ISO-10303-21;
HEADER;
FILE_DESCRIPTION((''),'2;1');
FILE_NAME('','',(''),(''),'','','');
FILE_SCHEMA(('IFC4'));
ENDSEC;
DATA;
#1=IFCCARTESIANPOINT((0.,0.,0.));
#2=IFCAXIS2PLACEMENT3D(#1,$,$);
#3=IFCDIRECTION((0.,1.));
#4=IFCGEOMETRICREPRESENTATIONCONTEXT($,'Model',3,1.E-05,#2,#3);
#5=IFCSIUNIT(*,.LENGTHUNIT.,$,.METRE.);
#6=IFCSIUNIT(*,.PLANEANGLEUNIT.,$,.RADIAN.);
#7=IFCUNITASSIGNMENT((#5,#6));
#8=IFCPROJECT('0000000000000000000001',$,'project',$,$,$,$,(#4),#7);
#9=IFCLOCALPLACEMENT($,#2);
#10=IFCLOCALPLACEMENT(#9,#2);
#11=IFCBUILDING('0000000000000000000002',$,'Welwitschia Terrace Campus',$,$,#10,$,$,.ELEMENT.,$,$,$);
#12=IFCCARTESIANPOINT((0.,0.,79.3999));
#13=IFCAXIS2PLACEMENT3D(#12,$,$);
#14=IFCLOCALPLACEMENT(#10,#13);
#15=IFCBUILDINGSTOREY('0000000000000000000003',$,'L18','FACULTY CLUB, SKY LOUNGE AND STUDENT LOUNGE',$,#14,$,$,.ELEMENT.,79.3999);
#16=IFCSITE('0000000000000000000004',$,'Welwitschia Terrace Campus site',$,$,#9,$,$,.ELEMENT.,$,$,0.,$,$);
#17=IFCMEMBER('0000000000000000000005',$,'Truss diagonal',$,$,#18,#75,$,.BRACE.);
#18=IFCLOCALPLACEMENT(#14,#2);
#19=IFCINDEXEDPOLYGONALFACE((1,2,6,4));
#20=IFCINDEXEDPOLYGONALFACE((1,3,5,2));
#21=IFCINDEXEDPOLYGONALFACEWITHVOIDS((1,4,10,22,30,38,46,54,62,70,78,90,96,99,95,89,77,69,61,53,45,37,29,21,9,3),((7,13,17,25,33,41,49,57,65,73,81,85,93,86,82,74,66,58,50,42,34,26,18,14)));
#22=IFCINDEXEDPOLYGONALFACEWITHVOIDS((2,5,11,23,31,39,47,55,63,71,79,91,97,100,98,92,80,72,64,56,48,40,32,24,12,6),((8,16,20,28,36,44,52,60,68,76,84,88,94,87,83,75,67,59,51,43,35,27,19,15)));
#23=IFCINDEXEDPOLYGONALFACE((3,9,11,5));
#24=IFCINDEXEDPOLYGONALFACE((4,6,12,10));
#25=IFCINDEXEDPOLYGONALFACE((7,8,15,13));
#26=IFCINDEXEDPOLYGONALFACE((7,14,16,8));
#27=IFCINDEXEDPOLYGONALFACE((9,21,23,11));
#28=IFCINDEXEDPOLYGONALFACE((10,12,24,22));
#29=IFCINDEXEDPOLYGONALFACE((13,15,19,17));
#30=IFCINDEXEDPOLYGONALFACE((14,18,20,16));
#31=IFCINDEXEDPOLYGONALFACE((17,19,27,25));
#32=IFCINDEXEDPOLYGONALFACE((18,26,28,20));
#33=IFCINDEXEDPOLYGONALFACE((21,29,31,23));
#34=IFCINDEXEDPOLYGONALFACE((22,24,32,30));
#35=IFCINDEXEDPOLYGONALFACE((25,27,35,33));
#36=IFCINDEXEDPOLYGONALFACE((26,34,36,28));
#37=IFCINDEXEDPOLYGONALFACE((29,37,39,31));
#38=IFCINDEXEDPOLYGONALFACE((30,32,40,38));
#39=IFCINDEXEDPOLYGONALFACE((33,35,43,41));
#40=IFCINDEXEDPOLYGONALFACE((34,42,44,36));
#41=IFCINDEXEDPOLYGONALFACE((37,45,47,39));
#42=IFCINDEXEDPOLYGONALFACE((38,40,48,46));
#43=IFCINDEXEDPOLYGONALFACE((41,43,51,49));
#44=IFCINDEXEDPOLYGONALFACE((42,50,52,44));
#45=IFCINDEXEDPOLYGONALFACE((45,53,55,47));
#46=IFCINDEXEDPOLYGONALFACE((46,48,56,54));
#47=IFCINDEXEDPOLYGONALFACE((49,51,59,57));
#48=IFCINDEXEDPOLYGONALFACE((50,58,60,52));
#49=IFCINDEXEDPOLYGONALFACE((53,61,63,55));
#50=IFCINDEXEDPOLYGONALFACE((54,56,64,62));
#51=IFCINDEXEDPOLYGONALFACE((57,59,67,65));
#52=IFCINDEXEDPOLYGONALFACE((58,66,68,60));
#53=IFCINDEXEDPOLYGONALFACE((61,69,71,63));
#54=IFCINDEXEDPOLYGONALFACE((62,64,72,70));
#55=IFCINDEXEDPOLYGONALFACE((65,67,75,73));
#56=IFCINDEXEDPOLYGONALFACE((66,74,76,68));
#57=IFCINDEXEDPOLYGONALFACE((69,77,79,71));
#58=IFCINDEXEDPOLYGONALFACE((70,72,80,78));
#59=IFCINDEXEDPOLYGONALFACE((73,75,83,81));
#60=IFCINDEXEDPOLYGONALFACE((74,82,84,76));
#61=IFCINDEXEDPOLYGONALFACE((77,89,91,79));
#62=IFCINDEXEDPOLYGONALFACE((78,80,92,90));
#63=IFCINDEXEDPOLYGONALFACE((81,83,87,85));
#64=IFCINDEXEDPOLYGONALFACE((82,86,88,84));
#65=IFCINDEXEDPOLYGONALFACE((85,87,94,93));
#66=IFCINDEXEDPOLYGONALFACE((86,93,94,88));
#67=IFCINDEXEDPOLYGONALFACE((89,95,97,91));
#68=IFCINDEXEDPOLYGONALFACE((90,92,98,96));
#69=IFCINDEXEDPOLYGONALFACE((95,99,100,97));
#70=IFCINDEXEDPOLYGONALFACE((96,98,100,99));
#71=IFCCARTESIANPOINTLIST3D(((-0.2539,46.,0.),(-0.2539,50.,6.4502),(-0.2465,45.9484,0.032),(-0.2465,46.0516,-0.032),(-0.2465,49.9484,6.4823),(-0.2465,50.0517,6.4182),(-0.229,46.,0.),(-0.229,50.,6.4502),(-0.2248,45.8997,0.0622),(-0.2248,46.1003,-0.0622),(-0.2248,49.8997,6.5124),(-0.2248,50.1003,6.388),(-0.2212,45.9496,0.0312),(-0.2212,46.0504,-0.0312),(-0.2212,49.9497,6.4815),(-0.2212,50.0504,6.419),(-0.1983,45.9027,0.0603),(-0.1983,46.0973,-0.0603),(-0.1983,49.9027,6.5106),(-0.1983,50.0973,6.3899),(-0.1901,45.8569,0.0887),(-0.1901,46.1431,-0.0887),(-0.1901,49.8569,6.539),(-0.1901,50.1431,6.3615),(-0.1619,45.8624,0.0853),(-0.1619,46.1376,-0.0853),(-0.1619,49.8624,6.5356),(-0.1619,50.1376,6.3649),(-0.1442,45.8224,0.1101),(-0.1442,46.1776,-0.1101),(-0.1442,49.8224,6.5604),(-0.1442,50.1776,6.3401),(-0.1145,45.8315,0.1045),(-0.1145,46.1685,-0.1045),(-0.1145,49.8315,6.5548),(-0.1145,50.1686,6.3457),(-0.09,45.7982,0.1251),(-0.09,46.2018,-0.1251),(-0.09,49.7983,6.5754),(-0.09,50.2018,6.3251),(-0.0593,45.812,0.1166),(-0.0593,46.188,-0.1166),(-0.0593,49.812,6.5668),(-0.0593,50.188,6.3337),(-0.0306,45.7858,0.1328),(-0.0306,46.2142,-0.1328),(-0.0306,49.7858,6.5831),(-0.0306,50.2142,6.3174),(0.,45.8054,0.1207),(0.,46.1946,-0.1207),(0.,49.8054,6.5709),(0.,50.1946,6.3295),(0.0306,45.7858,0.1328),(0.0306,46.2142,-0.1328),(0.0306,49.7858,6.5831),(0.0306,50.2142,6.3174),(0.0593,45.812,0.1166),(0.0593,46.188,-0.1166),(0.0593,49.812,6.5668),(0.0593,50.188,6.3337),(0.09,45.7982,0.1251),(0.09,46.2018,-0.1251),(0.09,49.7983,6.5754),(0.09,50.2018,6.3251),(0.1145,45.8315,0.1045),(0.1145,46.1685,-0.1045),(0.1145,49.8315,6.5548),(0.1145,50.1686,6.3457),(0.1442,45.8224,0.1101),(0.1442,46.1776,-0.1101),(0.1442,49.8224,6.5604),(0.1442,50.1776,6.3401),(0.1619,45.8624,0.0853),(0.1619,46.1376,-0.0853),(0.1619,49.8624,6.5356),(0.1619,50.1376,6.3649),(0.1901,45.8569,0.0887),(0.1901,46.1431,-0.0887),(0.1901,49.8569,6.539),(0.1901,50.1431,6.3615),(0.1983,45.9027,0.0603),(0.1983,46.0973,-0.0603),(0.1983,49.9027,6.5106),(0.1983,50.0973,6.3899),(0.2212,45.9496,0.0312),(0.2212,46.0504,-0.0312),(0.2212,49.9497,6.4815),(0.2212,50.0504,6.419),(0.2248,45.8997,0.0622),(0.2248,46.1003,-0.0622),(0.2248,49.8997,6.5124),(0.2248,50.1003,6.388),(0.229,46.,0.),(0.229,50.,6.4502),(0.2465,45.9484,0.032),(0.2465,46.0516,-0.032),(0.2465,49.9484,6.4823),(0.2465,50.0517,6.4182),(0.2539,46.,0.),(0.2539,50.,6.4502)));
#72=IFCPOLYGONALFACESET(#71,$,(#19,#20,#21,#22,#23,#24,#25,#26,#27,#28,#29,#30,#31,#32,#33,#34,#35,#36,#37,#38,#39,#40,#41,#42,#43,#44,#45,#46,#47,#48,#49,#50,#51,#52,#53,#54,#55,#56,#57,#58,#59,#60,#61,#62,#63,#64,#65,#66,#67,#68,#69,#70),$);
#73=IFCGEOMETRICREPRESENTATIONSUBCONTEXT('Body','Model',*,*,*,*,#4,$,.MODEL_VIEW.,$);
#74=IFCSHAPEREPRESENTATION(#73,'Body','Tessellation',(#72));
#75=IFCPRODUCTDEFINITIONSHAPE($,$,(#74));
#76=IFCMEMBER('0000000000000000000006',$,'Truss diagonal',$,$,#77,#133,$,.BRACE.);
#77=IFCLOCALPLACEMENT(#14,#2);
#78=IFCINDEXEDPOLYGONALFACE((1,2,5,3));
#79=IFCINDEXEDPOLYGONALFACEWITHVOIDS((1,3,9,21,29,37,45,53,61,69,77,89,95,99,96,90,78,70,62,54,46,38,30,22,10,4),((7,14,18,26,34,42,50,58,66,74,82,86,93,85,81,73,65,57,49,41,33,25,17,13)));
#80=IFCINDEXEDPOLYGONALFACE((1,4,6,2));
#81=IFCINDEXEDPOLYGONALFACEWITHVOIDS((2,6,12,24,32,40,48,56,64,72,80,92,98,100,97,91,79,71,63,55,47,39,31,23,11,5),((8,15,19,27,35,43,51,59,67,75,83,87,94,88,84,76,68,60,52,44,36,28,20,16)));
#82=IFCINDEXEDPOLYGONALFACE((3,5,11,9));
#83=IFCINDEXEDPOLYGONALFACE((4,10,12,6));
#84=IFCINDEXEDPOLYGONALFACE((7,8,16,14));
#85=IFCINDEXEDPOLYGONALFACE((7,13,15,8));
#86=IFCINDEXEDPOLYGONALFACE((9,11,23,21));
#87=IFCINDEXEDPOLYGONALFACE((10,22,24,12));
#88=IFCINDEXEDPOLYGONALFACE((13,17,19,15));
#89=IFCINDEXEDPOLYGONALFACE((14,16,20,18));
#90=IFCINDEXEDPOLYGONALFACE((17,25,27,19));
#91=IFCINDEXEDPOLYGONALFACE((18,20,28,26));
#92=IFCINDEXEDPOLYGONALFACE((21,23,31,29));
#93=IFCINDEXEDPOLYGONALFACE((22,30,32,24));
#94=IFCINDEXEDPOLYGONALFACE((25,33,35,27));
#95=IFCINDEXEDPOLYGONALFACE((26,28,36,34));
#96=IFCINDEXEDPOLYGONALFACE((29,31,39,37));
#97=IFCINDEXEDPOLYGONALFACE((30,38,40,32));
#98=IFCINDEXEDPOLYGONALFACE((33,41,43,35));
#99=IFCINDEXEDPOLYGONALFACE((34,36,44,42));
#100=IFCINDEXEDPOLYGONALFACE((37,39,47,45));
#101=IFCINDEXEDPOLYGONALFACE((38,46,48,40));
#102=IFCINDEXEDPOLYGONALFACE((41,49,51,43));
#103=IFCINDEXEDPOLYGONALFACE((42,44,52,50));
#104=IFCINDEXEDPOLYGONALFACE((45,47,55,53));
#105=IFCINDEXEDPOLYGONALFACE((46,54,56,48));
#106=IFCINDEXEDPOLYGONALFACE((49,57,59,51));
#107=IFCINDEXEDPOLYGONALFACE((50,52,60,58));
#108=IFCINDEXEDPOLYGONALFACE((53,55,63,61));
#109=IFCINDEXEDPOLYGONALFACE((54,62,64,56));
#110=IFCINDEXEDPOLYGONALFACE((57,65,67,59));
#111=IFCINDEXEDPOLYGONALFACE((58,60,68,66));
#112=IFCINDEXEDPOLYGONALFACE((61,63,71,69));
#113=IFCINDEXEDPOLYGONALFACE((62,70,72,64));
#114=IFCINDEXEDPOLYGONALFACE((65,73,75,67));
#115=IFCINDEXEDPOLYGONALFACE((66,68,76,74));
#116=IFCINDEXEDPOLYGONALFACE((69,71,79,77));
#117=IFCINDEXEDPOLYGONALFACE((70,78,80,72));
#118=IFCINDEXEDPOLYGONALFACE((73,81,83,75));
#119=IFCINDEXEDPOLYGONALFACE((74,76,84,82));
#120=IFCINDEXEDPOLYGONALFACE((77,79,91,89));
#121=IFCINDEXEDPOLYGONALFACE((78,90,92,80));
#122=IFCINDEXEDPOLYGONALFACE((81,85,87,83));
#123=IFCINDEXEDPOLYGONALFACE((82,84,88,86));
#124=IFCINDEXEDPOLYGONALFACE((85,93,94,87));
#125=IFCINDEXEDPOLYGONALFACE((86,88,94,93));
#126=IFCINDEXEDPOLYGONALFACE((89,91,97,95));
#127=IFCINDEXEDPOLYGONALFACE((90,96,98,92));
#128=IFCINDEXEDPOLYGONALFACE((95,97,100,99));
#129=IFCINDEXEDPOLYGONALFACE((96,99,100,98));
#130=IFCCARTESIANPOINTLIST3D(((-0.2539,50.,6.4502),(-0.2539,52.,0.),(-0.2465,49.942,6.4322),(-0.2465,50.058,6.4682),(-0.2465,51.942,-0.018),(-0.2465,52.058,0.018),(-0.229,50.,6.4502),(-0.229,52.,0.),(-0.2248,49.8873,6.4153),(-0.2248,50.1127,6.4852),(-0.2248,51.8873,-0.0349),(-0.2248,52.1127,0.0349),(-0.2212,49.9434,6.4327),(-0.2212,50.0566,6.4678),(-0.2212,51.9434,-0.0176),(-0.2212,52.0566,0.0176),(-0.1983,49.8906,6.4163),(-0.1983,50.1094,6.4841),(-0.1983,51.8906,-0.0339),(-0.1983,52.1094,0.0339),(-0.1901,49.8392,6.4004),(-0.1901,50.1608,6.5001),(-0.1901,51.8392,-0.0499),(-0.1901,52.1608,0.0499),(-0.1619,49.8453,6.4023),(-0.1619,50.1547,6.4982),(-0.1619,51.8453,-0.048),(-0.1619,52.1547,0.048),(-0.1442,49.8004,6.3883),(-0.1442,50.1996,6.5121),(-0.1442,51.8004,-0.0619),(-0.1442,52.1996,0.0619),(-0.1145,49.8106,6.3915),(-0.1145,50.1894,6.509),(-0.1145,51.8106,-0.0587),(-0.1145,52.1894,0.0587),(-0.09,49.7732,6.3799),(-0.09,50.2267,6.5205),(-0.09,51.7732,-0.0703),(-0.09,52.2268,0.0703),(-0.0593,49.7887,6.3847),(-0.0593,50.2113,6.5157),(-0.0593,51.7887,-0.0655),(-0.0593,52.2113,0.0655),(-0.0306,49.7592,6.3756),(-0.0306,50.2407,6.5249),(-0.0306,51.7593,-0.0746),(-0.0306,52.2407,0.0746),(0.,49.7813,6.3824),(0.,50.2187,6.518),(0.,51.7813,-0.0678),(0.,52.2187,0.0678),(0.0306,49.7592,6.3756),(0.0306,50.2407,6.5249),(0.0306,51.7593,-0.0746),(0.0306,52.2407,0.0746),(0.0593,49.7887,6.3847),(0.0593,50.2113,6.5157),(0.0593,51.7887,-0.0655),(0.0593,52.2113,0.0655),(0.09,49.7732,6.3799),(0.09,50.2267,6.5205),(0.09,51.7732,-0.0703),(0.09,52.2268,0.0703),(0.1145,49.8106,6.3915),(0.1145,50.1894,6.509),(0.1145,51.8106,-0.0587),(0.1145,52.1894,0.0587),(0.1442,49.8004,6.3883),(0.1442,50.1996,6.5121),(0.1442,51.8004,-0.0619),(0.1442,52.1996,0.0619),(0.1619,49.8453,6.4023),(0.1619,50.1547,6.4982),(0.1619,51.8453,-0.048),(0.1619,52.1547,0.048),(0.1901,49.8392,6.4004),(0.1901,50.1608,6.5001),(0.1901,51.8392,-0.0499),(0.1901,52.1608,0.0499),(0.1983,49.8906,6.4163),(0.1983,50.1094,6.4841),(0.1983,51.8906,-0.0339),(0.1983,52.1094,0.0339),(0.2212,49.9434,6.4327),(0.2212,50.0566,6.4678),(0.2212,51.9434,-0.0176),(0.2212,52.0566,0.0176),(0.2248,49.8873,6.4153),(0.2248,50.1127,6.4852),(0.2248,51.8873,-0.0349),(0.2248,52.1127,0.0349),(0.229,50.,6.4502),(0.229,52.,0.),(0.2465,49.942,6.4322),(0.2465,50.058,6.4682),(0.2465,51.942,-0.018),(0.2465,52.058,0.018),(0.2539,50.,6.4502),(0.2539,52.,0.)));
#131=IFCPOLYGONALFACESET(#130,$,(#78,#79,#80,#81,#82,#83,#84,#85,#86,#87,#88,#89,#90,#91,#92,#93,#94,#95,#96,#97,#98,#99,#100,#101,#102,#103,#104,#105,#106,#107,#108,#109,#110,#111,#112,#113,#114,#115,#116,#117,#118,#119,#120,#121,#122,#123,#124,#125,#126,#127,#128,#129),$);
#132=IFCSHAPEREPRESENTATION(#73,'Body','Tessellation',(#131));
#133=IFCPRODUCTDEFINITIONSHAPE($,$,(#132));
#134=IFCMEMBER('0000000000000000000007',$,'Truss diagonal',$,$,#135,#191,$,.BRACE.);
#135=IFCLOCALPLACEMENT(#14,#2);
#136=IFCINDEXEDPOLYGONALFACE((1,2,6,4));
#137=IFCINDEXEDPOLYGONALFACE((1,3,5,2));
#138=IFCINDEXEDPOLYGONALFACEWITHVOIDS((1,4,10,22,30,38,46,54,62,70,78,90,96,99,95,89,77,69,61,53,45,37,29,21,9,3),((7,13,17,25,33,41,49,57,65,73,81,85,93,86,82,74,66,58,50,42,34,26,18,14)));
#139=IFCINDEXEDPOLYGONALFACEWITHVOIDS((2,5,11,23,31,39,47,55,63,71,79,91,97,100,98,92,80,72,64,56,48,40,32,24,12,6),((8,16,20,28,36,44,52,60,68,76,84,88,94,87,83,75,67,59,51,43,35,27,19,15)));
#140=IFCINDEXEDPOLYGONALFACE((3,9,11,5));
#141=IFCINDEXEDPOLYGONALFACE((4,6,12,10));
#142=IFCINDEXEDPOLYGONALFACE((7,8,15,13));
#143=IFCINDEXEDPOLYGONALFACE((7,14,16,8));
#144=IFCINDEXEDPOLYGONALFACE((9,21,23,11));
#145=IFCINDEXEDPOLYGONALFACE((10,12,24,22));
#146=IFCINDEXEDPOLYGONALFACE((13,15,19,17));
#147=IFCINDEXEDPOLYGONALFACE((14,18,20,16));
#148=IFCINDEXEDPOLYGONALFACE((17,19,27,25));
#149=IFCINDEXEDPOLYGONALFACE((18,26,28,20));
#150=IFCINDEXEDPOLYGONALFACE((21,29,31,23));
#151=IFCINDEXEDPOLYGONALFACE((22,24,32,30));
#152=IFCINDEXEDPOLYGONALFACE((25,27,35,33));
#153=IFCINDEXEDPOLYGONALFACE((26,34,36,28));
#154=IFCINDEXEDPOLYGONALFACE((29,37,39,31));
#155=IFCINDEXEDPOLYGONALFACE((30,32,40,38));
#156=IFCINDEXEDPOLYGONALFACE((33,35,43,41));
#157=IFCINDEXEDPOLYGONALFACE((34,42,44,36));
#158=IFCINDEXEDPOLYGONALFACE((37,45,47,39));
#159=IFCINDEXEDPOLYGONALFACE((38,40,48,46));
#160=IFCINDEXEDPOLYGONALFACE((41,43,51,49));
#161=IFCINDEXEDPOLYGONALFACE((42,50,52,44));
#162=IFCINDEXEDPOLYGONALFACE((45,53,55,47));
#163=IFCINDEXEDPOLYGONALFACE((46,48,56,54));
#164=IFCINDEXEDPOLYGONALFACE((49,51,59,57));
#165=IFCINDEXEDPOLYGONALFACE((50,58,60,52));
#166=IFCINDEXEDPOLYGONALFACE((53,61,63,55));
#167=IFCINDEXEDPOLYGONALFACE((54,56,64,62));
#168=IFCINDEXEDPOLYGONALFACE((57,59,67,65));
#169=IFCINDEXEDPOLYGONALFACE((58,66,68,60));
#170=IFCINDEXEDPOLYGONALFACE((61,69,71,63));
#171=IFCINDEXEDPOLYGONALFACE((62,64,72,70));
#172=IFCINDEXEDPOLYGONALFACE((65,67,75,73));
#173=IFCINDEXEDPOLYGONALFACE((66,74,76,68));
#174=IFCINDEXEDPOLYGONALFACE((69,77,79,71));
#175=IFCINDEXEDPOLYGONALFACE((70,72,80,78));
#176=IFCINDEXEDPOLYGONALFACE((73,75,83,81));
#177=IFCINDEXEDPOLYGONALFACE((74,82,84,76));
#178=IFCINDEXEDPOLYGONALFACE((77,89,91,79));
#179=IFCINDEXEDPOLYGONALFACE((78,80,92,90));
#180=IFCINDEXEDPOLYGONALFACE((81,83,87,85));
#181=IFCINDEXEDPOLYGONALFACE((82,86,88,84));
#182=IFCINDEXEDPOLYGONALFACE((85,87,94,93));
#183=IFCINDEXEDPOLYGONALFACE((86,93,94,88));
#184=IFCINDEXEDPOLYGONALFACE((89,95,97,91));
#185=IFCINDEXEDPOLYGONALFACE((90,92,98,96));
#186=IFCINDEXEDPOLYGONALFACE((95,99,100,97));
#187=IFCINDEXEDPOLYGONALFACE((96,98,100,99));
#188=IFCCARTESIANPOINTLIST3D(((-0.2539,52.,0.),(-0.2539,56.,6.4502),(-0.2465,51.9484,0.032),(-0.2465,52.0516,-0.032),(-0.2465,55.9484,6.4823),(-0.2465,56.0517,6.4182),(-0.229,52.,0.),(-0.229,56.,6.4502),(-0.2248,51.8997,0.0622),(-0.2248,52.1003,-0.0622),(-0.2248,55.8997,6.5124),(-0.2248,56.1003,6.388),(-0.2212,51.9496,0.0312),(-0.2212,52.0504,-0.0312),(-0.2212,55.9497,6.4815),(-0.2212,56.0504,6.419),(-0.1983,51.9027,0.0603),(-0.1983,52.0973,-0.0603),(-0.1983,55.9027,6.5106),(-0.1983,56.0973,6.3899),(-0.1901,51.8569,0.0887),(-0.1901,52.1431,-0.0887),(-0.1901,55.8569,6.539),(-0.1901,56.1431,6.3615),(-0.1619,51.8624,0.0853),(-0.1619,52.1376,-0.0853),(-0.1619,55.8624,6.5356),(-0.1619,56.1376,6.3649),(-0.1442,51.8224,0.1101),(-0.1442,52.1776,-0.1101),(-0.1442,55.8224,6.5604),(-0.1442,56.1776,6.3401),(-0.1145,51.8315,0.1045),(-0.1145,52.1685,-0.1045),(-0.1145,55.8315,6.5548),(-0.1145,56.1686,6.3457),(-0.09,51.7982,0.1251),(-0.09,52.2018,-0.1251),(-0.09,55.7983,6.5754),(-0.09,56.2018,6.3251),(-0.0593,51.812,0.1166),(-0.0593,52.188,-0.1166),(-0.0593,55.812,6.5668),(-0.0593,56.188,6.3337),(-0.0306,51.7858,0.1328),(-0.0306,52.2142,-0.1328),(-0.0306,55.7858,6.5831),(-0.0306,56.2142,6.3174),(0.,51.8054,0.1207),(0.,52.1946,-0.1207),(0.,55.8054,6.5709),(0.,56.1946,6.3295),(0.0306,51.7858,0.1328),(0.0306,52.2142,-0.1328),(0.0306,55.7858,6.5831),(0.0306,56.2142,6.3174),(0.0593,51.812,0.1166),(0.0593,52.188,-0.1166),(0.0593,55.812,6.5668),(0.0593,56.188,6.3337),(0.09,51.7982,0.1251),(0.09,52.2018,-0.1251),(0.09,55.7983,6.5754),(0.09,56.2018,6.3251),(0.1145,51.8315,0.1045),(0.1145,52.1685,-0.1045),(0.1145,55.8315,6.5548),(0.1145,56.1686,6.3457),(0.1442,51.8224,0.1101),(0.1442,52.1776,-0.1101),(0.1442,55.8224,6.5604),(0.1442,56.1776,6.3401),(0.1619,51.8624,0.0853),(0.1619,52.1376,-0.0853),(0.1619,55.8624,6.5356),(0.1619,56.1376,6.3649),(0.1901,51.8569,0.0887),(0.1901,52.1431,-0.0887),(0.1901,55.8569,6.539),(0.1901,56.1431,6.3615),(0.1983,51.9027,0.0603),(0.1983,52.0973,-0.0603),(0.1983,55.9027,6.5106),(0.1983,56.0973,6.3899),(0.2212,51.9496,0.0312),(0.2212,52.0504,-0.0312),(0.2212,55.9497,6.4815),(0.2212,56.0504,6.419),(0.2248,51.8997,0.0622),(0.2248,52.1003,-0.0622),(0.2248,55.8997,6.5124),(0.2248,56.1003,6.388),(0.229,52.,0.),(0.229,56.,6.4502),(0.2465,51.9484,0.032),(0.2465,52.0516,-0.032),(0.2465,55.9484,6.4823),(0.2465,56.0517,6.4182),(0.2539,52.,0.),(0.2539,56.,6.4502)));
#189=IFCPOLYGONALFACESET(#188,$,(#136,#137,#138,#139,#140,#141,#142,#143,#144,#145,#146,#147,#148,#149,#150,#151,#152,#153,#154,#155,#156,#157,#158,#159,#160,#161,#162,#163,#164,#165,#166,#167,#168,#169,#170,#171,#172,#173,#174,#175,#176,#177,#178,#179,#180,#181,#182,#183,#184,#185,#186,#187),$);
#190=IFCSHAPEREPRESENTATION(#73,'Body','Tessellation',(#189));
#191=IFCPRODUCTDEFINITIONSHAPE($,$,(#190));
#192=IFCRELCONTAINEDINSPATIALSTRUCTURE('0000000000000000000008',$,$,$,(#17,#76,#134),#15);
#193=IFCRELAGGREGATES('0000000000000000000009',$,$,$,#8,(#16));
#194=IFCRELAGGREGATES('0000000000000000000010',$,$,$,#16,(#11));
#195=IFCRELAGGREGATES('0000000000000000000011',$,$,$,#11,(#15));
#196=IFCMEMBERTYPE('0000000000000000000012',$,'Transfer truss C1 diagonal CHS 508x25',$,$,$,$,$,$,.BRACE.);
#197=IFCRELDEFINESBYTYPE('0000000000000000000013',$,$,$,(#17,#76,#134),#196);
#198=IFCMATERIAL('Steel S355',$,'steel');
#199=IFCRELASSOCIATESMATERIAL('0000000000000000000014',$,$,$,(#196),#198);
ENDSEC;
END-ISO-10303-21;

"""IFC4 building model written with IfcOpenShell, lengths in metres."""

from ifc_helpers import new_model, si_unit, direction, frame, origin, origin_2d, place, context, subcontext, project, spatial, hollow_circle, extrude, material, material_profile, profile_set, type_object, element, save


model = new_model("IFC4")

# Units and contexts
model_context = context("Model", 3, precision=1e-05, world=origin(), true_north=direction((0.0, 1.0)))
body_context = subcontext(model_context, "Body", "Model", "MODEL_VIEW")
ifc_project = project(units=[si_unit("LENGTHUNIT", "METRE"), si_unit("PLANEANGLEUNIT", "RADIAN")], contexts=[model_context])

# Site, building, storey
site_placement = place(None, origin())
site = spatial("IfcSite", under=ifc_project, at=site_placement, Name="Welwitschia Terrace Campus site", CompositionType="ELEMENT", RefElevation=0.0)
building_placement = place(site_placement, origin())
building = spatial("IfcBuilding", under=site, at=building_placement, Name="Welwitschia Terrace Campus", CompositionType="ELEMENT")
storey_placement = place(building_placement, frame((0.0, 0.0, 79.3999)))
storey = spatial("IfcBuildingStorey", under=building, at=storey_placement, Name="L18", Description="FACULTY CLUB, SKY LOUNGE AND STUDENT LOUNGE", CompositionType="ELEMENT", Elevation=79.3999)

# Members
ifc_material_1 = material(Name="Steel S355", Category="steel")
ifc_material_profile_1 = material_profile(ifc_material_1, hollow_circle(Radius=0.2539, WallThickness=0.0249, at=origin_2d()))
ifc_profile_set_1 = profile_set([ifc_material_profile_1], Name="Steel S355")
member_type_1 = type_object("IfcMemberType", Name="Transfer truss C1 diagonal CHS 508x25", PredefinedType="BRACE", material=ifc_profile_set_1)
member_1_placement = place(storey_placement, frame((0.0, 46.0, 0.0), z_axis=(0.0, 0.527023, 0.849851), x_axis=(-1.0, 0.0, 0.0)))
element("IfcMember", 1, at=member_1_placement, inside=storey, type_object=member_type_1, Name="Truss diagonal", PredefinedType="BRACE", context=body_context, shape_type="SweptSolid", body=[
    extrude(hollow_circle(Radius=0.2539, WallThickness=0.0249, at=origin_2d()), origin(), (0.0, 0.0, 1.0), 7.5898),
])
member_2_placement = place(storey_placement, frame((0.0, 52.0, 0.0), z_axis=(0.0, -0.296158, 0.955139), x_axis=(1.0, 0.0, 0.0)))
element("IfcMember", 2, at=member_2_placement, inside=storey, type_object=member_type_1, Name="Truss diagonal", PredefinedType="BRACE", context=body_context, shape_type="SweptSolid", body=[
    extrude(hollow_circle(Radius=0.2539, WallThickness=0.0249, at=origin_2d()), origin(), (0.0, 0.0, 1.0), 6.7532),
])
member_3_placement = place(storey_placement, frame((0.0, 52.0, 0.0), z_axis=(0.0, 0.527023, 0.849851), x_axis=(-1.0, 0.0, 0.0)))
element("IfcMember", 3, at=member_3_placement, inside=storey, type_object=member_type_1, Name="Truss diagonal", PredefinedType="BRACE", context=body_context, shape_type="SweptSolid", body=[
    extrude(hollow_circle(Radius=0.2539, WallThickness=0.0249, at=origin_2d()), origin(), (0.0, 0.0, 1.0), 7.5898),
])

save(model, "model.ifc")
